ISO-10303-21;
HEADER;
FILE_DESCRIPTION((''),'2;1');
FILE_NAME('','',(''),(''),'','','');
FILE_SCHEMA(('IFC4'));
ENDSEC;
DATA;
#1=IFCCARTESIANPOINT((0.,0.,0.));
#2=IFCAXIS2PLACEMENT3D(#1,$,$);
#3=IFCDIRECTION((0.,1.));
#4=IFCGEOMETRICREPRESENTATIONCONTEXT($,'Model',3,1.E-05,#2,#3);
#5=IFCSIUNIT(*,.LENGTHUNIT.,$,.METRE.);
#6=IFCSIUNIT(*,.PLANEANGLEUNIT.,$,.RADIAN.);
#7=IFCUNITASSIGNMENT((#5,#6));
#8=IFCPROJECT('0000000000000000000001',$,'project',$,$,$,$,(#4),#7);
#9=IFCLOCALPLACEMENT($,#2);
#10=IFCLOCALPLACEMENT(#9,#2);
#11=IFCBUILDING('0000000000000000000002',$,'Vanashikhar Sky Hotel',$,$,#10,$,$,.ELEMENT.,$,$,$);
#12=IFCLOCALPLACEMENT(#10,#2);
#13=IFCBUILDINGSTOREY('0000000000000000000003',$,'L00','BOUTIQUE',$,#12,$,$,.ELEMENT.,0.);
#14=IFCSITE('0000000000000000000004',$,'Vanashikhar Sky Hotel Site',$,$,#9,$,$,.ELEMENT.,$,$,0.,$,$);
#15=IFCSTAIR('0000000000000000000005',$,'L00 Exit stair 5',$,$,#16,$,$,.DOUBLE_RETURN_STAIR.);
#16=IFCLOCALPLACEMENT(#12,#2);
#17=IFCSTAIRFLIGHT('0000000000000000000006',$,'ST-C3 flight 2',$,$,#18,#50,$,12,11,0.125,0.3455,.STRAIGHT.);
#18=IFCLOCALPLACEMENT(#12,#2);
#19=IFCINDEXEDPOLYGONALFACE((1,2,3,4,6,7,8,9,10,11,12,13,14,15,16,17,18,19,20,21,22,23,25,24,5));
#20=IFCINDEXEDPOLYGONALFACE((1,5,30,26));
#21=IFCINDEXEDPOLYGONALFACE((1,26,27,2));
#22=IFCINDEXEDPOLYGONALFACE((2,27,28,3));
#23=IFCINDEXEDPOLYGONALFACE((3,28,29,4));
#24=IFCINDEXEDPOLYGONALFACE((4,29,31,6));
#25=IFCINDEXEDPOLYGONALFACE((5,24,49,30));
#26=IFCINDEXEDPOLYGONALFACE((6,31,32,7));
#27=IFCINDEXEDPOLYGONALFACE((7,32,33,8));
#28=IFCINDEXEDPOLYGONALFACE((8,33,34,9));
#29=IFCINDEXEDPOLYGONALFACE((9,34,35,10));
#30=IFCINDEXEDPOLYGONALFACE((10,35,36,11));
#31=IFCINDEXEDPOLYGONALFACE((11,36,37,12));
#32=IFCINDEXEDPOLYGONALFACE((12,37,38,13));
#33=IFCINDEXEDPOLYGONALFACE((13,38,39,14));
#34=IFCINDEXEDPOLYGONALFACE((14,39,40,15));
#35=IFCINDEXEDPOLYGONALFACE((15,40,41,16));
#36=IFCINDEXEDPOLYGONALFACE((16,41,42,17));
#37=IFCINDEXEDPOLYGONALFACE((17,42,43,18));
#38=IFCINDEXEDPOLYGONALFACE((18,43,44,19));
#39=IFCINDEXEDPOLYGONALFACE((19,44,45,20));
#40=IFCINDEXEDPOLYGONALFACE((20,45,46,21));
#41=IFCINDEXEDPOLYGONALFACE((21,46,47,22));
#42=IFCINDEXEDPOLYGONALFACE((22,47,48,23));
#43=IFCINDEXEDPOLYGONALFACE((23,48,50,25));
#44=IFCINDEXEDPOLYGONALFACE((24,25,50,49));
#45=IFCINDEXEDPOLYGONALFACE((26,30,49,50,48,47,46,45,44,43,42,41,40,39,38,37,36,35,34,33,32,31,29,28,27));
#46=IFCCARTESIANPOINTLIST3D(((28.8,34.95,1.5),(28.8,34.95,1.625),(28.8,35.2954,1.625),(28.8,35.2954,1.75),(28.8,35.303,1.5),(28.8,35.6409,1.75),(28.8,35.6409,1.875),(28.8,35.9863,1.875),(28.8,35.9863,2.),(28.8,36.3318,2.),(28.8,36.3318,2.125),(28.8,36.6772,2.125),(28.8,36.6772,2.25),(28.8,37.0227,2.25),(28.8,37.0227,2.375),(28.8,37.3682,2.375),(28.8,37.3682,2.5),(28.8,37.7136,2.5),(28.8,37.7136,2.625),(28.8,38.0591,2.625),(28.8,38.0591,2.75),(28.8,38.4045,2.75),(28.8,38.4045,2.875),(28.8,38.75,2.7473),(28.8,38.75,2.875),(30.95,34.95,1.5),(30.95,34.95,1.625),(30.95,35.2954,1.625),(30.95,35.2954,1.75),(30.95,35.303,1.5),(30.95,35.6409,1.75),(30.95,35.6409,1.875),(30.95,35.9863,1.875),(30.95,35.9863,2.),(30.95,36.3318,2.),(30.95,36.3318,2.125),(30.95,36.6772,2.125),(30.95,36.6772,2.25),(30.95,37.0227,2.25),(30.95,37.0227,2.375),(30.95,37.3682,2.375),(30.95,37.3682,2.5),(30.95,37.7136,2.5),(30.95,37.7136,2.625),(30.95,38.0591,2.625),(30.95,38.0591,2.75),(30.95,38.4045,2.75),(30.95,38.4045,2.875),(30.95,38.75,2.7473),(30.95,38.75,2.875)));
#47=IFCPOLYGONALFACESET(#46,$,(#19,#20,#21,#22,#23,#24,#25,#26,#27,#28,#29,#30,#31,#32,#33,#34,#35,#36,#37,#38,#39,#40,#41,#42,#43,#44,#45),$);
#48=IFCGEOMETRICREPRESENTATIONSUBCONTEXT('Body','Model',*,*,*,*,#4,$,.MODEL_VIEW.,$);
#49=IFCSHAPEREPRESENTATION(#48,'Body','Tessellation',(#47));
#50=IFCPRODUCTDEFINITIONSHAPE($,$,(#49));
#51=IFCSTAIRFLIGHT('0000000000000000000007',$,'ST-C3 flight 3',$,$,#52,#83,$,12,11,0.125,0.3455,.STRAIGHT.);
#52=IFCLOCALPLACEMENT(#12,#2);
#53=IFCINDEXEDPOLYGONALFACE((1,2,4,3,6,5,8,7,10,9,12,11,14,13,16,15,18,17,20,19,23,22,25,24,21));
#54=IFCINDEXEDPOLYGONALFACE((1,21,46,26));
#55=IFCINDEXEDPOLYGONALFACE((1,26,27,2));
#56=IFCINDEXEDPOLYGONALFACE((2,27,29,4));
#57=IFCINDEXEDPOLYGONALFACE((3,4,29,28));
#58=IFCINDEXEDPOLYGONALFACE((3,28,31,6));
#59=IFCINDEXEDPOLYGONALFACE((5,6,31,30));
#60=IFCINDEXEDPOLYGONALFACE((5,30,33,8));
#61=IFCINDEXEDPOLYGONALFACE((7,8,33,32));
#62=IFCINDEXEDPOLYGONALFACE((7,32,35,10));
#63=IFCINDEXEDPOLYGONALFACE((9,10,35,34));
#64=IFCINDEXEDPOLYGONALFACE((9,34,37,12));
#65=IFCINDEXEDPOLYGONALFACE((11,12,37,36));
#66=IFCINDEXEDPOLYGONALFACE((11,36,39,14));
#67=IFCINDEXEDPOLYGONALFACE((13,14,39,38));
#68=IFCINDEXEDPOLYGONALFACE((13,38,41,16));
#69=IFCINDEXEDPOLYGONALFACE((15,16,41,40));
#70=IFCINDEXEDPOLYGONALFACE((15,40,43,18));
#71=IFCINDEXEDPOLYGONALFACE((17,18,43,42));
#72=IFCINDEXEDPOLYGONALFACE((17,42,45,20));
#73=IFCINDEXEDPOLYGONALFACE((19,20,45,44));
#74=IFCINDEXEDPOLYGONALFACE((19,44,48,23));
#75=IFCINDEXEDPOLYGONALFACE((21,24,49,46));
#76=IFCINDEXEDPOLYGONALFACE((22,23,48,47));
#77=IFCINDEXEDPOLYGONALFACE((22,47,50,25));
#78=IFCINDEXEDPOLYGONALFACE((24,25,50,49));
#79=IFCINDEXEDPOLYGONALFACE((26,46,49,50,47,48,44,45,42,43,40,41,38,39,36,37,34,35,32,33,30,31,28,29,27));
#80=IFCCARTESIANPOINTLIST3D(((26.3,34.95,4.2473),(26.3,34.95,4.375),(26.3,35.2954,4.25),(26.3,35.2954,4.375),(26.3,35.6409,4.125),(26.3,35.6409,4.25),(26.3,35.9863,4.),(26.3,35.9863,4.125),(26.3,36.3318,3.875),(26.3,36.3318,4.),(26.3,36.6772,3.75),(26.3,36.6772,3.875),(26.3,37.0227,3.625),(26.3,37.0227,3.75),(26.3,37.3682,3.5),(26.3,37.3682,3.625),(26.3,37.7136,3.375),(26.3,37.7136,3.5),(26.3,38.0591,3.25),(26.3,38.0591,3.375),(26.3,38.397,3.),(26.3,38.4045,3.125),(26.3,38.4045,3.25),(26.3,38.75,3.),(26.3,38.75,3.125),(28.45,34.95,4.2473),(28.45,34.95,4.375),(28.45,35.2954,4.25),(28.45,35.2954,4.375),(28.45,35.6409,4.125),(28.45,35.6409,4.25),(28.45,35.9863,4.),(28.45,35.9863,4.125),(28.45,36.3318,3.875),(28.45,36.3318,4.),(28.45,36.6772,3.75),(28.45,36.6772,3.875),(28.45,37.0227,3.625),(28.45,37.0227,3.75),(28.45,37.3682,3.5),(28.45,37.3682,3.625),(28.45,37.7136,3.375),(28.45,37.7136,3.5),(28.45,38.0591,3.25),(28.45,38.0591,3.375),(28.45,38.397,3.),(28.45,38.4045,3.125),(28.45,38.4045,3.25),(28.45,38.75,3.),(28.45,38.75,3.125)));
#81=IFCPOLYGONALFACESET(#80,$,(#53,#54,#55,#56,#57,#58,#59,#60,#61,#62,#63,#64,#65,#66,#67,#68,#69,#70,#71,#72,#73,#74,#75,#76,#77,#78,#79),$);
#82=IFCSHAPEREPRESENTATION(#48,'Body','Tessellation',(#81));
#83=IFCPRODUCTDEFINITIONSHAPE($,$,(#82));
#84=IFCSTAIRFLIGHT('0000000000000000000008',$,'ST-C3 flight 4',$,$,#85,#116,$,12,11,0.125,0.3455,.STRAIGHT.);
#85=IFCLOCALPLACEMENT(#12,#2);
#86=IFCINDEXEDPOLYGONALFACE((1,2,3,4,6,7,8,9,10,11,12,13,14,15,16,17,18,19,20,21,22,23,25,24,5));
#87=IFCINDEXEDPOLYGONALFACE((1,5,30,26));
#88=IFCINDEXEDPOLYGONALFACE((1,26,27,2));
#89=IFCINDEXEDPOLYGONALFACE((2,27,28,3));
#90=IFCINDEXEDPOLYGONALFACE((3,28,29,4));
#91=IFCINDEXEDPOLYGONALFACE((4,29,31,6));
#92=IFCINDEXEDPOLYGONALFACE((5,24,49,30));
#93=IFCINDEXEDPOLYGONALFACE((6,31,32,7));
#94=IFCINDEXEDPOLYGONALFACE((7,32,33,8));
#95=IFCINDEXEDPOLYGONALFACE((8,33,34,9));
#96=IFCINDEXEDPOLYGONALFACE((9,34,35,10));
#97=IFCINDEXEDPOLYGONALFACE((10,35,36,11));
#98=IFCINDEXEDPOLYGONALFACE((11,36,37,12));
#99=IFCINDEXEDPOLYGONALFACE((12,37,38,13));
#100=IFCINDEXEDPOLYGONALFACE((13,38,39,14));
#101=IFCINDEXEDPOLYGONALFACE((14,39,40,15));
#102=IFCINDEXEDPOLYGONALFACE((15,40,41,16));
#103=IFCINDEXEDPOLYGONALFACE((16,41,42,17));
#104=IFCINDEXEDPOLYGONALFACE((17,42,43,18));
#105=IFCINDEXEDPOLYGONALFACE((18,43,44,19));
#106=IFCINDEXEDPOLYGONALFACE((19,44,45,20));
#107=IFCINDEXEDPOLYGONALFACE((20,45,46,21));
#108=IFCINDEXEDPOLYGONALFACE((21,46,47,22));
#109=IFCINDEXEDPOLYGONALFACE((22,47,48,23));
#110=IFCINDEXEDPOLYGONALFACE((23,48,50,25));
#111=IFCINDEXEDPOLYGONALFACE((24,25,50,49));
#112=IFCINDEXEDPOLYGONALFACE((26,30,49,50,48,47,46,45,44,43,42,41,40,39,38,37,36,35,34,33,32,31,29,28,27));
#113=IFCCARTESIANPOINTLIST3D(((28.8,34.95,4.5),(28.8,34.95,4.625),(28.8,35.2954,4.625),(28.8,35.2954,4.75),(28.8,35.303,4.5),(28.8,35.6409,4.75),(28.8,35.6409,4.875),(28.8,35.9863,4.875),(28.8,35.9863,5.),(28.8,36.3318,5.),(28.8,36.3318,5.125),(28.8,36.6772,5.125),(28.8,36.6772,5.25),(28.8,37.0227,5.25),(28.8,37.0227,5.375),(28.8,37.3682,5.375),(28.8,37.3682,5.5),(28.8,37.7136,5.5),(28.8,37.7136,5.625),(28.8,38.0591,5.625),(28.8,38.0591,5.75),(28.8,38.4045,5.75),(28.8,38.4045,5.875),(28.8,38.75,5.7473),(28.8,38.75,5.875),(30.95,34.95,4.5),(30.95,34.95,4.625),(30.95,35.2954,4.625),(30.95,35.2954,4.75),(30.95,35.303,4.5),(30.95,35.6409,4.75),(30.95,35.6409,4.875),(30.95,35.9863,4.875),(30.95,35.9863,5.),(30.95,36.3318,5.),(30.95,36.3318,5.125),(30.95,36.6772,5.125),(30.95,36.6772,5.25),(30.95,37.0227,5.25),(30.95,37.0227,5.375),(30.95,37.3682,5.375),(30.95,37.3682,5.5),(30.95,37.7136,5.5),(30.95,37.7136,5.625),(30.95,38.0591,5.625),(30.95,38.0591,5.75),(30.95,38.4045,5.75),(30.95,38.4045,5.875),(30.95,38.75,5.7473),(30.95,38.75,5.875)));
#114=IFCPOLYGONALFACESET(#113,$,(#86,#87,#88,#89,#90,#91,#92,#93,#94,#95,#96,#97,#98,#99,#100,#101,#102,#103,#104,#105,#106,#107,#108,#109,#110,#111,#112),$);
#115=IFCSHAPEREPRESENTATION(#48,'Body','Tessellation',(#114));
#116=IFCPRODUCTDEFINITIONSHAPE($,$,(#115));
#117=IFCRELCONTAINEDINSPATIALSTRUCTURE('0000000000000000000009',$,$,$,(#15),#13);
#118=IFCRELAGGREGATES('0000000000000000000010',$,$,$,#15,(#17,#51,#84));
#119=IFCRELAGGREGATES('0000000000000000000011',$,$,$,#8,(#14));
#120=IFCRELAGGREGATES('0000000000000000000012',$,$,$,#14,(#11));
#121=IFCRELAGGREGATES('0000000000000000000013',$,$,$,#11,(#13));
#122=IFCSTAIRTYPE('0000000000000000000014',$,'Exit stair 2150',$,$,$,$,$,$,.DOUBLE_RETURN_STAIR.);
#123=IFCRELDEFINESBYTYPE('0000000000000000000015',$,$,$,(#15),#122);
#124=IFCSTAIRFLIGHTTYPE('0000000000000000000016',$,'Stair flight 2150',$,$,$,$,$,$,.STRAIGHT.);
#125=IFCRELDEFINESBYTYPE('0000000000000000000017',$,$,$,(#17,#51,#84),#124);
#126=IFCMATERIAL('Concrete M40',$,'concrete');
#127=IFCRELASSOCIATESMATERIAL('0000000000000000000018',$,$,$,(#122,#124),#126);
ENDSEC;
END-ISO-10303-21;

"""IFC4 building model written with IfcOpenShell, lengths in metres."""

from ifc_helpers import new_model, si_unit, direction, frame, origin, place, context, subcontext, project, spatial, polyline, outline, extrude, source, transform, mapped, material, type_object, element, aggregate, save


model = new_model("IFC4")

# Units and contexts
model_context = context("Model", 3, precision=1e-05, world=origin(), true_north=direction((0.0, 1.0)))
body_context = subcontext(model_context, "Body", "Model", "MODEL_VIEW")
ifc_project = project(units=[si_unit("LENGTHUNIT", "METRE"), si_unit("PLANEANGLEUNIT", "RADIAN")], contexts=[model_context])

# Site, building, storey
site_placement = place(None, origin())
site = spatial("IfcSite", under=ifc_project, at=site_placement, Name="Vanashikhar Sky Hotel Site", CompositionType="ELEMENT", RefElevation=0.0)
building_placement = place(site_placement, origin())
building = spatial("IfcBuilding", under=site, at=building_placement, Name="Vanashikhar Sky Hotel", CompositionType="ELEMENT")
storey_placement = place(building_placement, origin())
storey = spatial("IfcBuildingStorey", under=building, at=storey_placement, Name="L00", Description="BOUTIQUE", CompositionType="ELEMENT", Elevation=0.0)

# Stair, stair flights
ifc_material_1 = material(Name="Concrete M40", Category="concrete")
stair_type = type_object("IfcStairType", Name="Exit stair 2150", PredefinedType="DOUBLE_RETURN_STAIR", material=ifc_material_1)
stair_flight_type = type_object("IfcStairFlightType", Name="Stair flight 2150", PredefinedType="STRAIGHT", material=ifc_material_1)
shared_shape_1 = source(origin(), body_context, "Body", "SweptSolid", [
    extrude(outline(polyline([(0.0, 0.0), (0.0, 0.125), (0.3455, 0.125), (0.3455, 0.25), (0.6909, 0.25), (0.6909, 0.375), (1.0364, 0.375), (1.0364, 0.5), (1.3818, 0.5), (1.3818, 0.625), (1.7273, 0.625), (1.7273, 0.75), (2.0728, 0.75), (2.0728, 0.875), (2.4182, 0.875), (2.4182, 1.0), (2.7637, 1.0), (2.7637, 1.125), (3.1091, 1.125), (3.1091, 1.25), (3.4546, 1.25), (3.4546, 1.375), (3.8, 1.375), (3.8, 1.5), (3.8, 1.2473), (0.353, 0.0), (0.0, 0.0)])), frame((0.0, 1.075, 0.0), z_axis=(0.0, -1.0, 0.0), x_axis=(1.0, 0.0, 0.0)), (0.0, 0.0, 1.0), 2.1499),
])
stair_1_placement = place(storey_placement, origin())
stair_1 = element("IfcStair", 1, at=stair_1_placement, inside=storey, type_object=stair_type, Name="L00 Exit stair 5", PredefinedType="DOUBLE_RETURN_STAIR")
stair_flight_1_placement = place(storey_placement, frame((29.875, 34.95, 1.5), z_axis=(0.0, 0.0, 1.0), x_axis=(0.0, 1.0, 0.0)))
stair_flight_1 = element("IfcStairFlight", 2, at=stair_flight_1_placement, type_object=stair_flight_type, Name="ST-C3 flight 2", NumberOfRisers=12, NumberOfTreads=11, PredefinedType="STRAIGHT", RiserHeight=0.125, TreadLength=0.3455, context=body_context, shape_type="MappedRepresentation", body=[
    mapped(shared_shape_1, transform((0.0, 0.0, 0.0), scale=1.0)),
])
stair_flight_2_placement = place(storey_placement, frame((27.375, 38.75, 3.0), z_axis=(0.0, 0.0, 1.0), x_axis=(0.0, -1.0, 0.0)))
stair_flight_2 = element("IfcStairFlight", 3, at=stair_flight_2_placement, type_object=stair_flight_type, Name="ST-C3 flight 3", NumberOfRisers=12, NumberOfTreads=11, PredefinedType="STRAIGHT", RiserHeight=0.125, TreadLength=0.3455, context=body_context, shape_type="MappedRepresentation", body=[
    mapped(shared_shape_1, transform((0.0, 0.0, 0.0), scale=1.0)),
])
stair_flight_3_placement = place(storey_placement, frame((29.875, 34.95, 4.5), z_axis=(0.0, 0.0, 1.0), x_axis=(0.0, 1.0, 0.0)))
stair_flight_3 = element("IfcStairFlight", 4, at=stair_flight_3_placement, type_object=stair_flight_type, Name="ST-C3 flight 4", NumberOfRisers=12, NumberOfTreads=11, PredefinedType="STRAIGHT", RiserHeight=0.125, TreadLength=0.3455, context=body_context, shape_type="MappedRepresentation", body=[
    mapped(shared_shape_1, transform((0.0, 0.0, 0.0), scale=1.0)),
])
aggregate(stair_1, [stair_flight_1, stair_flight_2, stair_flight_3])

save(model, "model.ifc")
